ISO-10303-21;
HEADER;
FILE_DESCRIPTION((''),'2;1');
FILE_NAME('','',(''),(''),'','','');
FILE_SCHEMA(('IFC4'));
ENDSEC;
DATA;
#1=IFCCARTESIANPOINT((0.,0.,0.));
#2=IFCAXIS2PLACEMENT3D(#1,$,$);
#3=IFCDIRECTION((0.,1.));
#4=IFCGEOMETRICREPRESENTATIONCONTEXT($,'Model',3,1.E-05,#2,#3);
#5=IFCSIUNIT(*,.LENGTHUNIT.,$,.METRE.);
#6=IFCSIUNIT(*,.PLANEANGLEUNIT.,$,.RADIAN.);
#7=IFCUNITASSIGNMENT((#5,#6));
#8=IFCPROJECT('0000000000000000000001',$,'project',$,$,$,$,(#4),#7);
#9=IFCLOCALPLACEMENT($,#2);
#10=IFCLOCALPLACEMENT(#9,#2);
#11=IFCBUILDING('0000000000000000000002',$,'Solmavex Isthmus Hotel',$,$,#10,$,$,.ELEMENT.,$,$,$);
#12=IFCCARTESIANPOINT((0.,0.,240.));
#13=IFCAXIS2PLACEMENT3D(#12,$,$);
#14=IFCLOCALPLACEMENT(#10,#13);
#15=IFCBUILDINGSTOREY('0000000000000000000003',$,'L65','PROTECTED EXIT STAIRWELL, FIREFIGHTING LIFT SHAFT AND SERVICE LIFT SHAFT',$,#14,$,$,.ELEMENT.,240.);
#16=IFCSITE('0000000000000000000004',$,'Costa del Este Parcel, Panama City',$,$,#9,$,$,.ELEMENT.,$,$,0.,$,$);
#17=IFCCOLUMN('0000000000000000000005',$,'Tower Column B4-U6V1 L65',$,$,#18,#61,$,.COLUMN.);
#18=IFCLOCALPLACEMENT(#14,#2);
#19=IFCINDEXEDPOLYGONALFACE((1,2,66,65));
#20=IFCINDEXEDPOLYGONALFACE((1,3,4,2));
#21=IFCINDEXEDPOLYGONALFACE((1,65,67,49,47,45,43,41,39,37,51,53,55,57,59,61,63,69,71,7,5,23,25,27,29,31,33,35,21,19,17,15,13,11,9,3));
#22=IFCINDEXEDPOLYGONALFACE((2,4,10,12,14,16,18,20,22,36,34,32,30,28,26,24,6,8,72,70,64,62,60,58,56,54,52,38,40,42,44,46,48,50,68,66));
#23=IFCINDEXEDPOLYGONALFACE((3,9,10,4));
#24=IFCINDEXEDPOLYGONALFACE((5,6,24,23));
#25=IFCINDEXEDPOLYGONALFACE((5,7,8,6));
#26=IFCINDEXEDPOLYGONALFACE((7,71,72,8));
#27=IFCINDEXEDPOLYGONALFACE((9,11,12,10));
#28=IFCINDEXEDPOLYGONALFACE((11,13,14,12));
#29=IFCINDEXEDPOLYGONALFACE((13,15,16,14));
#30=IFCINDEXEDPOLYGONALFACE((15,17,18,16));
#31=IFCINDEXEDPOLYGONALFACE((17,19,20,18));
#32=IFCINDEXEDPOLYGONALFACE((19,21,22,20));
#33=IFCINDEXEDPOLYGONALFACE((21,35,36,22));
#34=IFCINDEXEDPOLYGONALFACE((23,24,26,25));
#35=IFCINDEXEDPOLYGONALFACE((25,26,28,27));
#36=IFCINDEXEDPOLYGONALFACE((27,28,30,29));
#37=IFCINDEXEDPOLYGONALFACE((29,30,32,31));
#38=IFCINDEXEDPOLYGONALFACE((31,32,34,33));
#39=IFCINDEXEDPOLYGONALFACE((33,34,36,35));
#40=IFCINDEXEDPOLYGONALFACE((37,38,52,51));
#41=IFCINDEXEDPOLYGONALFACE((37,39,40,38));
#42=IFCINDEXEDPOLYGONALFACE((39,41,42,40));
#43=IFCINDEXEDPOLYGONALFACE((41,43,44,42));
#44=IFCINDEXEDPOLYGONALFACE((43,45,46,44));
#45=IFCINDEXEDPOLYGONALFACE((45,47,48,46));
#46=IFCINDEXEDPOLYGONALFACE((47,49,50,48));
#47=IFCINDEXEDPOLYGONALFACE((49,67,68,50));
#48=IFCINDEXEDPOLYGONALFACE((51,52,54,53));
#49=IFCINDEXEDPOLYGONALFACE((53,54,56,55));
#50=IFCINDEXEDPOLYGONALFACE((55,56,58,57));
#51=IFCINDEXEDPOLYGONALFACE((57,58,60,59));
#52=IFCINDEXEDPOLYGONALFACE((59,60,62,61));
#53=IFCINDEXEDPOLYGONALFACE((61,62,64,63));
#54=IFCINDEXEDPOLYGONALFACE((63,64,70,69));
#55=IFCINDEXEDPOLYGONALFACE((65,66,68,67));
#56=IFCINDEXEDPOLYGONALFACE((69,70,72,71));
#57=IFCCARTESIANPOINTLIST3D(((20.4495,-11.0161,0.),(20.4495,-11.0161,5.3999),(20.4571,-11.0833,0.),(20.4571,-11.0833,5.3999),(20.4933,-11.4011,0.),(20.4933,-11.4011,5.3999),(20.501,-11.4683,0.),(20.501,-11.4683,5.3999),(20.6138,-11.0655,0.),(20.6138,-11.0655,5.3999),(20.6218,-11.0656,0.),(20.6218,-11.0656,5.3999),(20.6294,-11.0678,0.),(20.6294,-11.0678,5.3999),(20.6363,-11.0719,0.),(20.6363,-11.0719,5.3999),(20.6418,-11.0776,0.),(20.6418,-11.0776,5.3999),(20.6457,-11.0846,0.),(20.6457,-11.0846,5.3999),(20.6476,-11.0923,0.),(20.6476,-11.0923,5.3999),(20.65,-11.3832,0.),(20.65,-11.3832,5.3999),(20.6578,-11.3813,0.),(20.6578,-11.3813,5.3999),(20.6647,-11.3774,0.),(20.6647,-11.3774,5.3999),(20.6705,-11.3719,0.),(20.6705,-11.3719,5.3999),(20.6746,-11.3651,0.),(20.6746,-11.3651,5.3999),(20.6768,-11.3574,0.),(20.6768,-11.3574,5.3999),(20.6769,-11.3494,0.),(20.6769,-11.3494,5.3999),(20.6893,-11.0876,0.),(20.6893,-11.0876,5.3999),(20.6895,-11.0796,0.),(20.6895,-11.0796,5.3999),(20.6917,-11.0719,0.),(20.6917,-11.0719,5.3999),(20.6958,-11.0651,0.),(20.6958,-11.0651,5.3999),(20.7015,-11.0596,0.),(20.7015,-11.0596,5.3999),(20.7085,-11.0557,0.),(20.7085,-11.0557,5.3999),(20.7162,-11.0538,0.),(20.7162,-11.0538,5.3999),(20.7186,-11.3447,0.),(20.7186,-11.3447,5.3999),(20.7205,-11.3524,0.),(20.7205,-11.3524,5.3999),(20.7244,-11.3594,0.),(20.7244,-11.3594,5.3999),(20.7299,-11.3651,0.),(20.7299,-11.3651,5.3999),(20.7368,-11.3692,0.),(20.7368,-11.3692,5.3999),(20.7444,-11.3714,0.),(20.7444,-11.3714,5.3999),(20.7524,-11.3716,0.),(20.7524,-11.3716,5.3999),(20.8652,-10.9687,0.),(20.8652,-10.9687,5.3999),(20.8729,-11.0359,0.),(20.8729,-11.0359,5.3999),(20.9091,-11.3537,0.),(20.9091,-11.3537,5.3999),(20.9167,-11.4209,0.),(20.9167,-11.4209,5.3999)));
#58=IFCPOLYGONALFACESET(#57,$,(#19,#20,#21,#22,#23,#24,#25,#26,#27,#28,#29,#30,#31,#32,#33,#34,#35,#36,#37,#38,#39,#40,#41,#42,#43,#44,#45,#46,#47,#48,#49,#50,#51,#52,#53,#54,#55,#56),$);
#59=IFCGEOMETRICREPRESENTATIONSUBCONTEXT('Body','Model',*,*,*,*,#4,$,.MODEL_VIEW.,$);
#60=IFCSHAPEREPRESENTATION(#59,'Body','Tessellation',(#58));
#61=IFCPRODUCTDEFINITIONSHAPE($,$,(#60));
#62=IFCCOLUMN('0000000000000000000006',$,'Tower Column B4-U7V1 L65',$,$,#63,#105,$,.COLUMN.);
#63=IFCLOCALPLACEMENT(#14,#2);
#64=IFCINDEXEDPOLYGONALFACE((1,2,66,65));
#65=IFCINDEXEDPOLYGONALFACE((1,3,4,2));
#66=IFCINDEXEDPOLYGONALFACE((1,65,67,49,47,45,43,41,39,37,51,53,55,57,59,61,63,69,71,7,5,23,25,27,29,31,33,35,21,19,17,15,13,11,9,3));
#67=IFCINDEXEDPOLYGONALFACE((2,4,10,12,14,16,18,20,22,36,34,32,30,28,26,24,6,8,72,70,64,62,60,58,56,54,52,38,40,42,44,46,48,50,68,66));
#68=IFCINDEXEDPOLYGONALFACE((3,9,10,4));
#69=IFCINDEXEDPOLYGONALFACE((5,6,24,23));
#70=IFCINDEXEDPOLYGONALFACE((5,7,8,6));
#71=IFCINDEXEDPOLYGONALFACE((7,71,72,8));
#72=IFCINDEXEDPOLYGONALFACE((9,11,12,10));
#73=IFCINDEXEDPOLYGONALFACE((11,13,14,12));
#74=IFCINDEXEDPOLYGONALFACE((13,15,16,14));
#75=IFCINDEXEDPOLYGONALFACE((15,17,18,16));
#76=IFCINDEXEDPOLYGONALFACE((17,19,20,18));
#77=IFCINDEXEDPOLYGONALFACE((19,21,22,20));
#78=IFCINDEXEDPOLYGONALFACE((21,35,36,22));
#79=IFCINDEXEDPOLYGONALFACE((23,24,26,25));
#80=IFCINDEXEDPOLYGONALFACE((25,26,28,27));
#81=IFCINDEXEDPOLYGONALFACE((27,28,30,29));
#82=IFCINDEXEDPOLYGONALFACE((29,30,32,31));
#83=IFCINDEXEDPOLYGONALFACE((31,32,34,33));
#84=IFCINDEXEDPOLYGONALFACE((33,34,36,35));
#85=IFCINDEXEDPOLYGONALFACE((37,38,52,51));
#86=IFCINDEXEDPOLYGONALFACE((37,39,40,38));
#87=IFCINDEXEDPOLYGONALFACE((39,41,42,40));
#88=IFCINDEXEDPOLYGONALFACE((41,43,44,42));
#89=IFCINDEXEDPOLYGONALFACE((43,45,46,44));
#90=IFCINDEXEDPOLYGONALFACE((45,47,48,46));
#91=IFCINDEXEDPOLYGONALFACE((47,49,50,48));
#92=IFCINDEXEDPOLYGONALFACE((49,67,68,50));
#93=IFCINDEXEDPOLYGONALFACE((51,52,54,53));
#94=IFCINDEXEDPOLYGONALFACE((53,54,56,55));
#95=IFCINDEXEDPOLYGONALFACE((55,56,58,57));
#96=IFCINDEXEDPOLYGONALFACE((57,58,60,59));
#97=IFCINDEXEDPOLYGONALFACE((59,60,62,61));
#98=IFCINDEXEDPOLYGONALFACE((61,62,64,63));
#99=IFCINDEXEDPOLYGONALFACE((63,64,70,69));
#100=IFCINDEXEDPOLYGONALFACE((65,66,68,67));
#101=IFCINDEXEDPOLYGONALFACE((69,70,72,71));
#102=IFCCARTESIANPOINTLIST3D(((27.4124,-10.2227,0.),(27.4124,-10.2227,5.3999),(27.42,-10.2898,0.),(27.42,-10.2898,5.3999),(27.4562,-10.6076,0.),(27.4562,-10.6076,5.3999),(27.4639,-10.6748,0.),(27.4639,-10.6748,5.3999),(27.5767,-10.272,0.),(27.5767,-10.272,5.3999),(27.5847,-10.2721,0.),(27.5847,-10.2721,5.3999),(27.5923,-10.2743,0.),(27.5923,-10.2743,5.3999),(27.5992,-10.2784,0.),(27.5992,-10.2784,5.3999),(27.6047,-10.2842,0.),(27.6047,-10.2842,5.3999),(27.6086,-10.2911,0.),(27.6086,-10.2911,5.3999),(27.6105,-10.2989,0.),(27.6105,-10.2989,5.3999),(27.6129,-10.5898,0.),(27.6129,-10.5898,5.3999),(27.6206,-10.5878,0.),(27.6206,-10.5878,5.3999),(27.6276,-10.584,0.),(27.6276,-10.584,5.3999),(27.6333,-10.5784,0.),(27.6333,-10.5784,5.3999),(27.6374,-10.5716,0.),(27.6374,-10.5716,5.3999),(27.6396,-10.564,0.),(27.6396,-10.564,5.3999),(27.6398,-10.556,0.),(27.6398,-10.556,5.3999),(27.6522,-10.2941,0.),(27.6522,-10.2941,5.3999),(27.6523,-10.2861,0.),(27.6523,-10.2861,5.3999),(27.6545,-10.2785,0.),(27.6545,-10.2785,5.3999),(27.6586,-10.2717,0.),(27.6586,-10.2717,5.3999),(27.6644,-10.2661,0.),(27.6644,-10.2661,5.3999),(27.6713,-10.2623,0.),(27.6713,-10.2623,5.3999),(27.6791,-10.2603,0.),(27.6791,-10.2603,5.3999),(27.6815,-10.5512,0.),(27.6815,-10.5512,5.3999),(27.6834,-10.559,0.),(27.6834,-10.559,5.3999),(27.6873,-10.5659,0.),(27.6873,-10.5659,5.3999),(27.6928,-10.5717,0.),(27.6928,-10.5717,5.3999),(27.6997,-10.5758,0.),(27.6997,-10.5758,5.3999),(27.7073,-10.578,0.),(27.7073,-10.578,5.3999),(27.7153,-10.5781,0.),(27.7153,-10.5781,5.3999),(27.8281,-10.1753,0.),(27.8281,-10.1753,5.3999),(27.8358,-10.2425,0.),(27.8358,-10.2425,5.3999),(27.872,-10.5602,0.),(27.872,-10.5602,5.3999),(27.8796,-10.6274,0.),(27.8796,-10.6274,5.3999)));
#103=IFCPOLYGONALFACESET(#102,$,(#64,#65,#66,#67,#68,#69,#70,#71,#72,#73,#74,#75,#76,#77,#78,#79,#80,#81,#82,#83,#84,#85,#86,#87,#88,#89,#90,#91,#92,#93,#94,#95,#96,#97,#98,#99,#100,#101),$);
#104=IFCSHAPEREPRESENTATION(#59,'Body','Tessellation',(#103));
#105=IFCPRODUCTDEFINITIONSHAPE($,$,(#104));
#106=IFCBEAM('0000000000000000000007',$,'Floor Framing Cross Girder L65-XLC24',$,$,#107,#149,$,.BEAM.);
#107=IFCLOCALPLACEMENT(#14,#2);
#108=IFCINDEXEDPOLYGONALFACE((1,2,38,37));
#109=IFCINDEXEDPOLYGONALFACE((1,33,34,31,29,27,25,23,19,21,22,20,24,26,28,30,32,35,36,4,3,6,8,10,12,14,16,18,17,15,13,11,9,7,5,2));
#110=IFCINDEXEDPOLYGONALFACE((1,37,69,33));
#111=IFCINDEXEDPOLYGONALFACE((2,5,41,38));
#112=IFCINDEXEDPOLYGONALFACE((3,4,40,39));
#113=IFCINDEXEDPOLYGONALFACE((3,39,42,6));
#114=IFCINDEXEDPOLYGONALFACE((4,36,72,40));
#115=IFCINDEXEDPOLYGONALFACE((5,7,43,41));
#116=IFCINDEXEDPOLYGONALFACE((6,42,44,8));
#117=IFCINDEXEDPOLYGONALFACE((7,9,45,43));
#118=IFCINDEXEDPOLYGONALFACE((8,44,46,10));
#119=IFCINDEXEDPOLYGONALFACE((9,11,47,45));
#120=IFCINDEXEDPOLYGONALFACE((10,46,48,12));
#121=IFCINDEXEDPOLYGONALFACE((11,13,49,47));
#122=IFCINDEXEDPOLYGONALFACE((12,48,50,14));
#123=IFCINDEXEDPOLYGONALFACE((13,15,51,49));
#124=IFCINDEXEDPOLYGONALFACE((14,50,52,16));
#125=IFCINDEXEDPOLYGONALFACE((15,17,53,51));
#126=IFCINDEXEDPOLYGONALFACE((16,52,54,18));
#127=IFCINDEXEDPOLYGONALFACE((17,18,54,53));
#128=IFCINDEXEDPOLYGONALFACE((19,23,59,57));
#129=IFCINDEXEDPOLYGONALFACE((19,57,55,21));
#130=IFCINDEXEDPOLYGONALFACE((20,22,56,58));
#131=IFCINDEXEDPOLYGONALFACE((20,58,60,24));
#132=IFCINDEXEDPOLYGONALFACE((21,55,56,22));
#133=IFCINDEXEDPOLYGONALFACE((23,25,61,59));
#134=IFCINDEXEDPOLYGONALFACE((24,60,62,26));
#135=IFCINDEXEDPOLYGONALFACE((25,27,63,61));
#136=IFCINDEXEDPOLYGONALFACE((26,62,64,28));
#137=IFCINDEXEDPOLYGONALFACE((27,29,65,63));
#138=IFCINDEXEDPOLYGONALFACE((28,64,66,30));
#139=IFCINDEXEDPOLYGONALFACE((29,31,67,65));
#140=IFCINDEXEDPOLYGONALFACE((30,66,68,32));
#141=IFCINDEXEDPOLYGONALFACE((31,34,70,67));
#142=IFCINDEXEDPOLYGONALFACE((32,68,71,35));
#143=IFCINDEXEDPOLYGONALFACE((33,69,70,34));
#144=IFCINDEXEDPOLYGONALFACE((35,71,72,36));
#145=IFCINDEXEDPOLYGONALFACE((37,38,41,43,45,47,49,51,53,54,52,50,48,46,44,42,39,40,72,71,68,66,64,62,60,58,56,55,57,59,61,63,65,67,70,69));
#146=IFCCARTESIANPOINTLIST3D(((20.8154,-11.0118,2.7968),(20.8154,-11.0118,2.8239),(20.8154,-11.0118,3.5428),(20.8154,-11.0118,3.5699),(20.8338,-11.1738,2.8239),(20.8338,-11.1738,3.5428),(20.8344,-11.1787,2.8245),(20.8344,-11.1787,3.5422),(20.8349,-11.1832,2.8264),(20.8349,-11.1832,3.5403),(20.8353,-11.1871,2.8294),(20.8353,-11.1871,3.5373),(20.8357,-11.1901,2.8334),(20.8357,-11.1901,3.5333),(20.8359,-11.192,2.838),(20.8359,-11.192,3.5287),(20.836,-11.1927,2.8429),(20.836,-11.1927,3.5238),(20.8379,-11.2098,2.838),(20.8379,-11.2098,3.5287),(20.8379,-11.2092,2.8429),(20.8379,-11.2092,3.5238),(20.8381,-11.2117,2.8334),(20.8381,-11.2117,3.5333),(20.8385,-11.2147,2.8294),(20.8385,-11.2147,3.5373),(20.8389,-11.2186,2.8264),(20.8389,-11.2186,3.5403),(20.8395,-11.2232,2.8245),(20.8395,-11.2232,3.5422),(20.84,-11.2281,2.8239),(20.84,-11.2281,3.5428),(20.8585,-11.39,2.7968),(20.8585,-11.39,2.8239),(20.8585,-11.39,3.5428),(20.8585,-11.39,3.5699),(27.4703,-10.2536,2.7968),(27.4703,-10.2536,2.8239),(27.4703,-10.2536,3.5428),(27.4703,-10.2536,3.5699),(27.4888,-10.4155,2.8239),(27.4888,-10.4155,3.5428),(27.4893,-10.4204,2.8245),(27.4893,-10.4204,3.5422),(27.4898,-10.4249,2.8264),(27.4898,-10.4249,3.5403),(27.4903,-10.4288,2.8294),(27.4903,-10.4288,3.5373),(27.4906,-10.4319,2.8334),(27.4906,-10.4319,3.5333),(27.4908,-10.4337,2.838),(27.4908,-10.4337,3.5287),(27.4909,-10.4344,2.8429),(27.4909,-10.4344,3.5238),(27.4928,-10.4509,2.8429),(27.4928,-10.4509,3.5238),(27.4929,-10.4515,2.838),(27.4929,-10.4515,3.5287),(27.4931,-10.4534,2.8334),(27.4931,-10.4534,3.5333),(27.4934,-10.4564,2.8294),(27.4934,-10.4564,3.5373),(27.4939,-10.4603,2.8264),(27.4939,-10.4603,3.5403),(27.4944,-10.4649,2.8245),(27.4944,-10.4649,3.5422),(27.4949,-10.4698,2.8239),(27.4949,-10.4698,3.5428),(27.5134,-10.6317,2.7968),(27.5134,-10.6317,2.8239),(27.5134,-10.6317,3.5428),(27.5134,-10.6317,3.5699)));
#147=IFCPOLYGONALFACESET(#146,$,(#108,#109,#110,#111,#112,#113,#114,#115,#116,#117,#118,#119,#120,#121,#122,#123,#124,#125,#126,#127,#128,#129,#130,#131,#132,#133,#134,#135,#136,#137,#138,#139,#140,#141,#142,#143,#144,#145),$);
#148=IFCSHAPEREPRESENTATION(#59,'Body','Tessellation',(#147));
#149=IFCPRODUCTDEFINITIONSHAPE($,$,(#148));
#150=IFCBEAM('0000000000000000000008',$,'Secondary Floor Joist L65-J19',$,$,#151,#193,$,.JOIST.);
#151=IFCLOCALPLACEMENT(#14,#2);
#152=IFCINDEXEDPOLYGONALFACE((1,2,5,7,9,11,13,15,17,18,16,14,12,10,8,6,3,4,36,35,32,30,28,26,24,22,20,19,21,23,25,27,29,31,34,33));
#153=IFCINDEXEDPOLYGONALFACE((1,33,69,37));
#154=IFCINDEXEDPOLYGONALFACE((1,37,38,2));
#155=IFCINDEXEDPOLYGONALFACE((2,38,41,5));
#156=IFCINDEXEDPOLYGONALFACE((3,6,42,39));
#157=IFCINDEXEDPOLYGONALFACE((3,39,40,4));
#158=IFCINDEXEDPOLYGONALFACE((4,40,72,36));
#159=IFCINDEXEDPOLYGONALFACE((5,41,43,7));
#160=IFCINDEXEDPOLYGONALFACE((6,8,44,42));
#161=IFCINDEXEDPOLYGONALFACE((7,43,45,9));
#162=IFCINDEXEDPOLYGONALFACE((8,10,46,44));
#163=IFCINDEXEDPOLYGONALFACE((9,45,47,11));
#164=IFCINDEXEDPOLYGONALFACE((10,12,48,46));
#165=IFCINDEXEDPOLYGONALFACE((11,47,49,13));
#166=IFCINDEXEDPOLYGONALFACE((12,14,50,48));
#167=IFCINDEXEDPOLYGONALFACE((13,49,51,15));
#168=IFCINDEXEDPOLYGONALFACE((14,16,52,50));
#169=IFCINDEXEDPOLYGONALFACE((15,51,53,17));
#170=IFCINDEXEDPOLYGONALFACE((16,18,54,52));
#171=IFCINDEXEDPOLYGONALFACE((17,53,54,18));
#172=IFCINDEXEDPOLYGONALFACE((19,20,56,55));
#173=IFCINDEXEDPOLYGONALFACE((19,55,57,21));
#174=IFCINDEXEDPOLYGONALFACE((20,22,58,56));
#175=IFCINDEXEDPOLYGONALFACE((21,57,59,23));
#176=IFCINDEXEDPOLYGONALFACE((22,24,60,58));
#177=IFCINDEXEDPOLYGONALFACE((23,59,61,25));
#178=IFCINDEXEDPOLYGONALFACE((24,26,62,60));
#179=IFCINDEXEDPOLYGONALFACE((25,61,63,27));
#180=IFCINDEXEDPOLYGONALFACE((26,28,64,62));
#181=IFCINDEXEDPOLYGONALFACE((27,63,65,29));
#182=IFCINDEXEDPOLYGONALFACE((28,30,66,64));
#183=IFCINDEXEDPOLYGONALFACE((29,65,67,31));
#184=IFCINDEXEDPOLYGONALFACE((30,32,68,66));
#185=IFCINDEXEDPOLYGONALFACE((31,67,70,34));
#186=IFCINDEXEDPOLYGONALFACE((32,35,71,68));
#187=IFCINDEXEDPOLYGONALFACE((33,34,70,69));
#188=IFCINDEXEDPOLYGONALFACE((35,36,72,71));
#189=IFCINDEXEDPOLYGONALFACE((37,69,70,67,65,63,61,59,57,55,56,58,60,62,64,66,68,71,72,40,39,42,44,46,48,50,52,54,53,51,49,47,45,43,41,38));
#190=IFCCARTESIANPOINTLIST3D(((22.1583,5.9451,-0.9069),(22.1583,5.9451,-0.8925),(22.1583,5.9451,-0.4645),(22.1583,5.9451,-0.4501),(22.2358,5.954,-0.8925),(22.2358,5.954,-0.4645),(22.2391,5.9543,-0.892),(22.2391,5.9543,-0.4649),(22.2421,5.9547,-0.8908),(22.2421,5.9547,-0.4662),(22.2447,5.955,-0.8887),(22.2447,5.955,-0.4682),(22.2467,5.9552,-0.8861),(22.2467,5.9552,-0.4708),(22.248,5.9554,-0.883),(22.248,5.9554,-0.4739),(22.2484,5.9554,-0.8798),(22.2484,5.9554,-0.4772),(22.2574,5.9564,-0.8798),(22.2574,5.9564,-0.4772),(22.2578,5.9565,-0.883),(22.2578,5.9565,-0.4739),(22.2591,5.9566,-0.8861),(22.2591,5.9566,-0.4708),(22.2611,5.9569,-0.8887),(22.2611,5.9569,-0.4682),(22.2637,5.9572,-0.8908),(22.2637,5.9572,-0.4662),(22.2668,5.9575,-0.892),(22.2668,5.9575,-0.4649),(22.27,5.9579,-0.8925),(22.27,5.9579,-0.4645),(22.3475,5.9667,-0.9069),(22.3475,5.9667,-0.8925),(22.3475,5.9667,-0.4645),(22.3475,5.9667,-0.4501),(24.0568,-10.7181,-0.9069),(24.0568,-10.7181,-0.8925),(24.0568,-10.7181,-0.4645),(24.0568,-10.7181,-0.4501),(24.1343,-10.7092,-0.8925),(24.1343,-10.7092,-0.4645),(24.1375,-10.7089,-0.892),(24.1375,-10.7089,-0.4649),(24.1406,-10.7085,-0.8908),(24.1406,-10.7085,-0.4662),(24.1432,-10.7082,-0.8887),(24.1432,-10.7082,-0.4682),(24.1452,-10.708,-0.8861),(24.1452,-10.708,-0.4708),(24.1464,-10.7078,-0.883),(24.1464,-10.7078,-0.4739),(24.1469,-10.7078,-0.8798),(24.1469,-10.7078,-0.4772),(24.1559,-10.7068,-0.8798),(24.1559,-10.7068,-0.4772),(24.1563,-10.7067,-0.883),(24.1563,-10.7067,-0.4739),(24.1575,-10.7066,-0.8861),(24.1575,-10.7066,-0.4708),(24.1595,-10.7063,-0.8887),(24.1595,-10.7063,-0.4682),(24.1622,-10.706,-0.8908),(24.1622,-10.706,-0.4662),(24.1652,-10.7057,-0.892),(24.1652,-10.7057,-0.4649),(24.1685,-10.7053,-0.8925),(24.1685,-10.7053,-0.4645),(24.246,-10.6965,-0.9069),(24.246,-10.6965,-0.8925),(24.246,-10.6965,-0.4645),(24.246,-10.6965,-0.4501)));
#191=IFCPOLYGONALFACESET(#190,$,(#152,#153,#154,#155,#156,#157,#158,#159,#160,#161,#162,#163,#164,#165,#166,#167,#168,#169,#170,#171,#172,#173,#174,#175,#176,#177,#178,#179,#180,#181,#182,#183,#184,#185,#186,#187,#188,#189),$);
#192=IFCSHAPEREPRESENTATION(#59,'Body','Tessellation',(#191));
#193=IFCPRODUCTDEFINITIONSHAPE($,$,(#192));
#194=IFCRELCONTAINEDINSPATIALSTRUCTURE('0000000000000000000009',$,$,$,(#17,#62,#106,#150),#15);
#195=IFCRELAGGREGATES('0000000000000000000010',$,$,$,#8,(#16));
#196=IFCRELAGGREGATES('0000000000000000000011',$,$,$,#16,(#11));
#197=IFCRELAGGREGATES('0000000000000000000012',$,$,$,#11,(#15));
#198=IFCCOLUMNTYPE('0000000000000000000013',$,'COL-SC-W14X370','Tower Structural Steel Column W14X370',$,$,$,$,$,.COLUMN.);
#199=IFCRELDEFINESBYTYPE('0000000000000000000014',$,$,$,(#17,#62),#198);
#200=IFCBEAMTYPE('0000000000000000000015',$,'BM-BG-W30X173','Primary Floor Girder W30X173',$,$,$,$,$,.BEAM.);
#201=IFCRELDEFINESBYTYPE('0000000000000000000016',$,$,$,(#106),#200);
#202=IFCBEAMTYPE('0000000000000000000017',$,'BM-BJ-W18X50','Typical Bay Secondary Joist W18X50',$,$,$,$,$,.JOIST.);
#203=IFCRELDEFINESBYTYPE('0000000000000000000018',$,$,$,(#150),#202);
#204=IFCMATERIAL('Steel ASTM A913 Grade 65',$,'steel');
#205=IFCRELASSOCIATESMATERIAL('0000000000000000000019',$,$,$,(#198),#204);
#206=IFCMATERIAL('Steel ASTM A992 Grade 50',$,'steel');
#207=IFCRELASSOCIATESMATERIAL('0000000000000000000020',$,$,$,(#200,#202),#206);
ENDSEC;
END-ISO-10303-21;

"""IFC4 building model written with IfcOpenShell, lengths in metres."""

from ifc_helpers import new_model, si_unit, direction, frame, origin, origin_2d, place, context, subcontext, project, spatial, i_section, extrude, material, material_profile, profile_set, type_object, element, save


model = new_model("IFC4")

# Units and contexts
model_context = context("Model", 3, precision=1e-05, world=origin(), true_north=direction((0.0, 1.0)))
body_context = subcontext(model_context, "Body", "Model", "MODEL_VIEW")
ifc_project = project(units=[si_unit("LENGTHUNIT", "METRE"), si_unit("PLANEANGLEUNIT", "RADIAN")], contexts=[model_context])

# Site, building, storey
site_placement = place(None, origin())
site = spatial("IfcSite", under=ifc_project, at=site_placement, Name="Costa del Este Parcel, Panama City", CompositionType="ELEMENT", RefElevation=0.0)
building_placement = place(site_placement, origin())
building = spatial("IfcBuilding", under=site, at=building_placement, Name="Solmavex Isthmus Hotel", CompositionType="ELEMENT")
storey_placement = place(building_placement, frame((0.0, 0.0, 240.0)))
storey = spatial("IfcBuildingStorey", under=building, at=storey_placement, Name="L65", Description="PROTECTED EXIT STAIRWELL, FIREFIGHTING LIFT SHAFT AND SERVICE LIFT SHAFT", CompositionType="ELEMENT", Elevation=240.0)

# Columns
ifc_material_1 = material(Name="Steel ASTM A913 Grade 65", Category="steel")
ifc_material_profile_1 = material_profile(ifc_material_1, i_section(OverallWidth=0.4185, OverallDepth=0.4551, WebThickness=0.042, FlangeThickness=0.0676, FilletRadius=0.0305, at=origin_2d()), Name="W14X370")
ifc_profile_set_1 = profile_set([ifc_material_profile_1], Name="Steel ASTM A913 Grade 65")
column_type = type_object("IfcColumnType", Name="COL-SC-W14X370", Description="Tower Structural Steel Column W14X370", PredefinedType="COLUMN", material=ifc_profile_set_1)
for number, where, z_axis, x_axis, name in (
    (1, (20.6831, -11.2185, 0.0), (0.0, 0.0, 1.0), (0.993572, 0.113203, 0.0), "Tower Column B4-U6V1 L65"),
    (2, (27.646, -10.425, 0.0), (0.0, 0.0, 1.0), (0.993572, 0.113203, 0.0), "Tower Column B4-U7V1 L65"),
):
    element("IfcColumn", number, at=place(storey_placement, frame(where, z_axis=z_axis, x_axis=x_axis)), inside=storey, type_object=column_type, Name=name, PredefinedType="COLUMN", context=body_context, shape_type="SweptSolid", body=[
        extrude(i_section(OverallWidth=0.4185, OverallDepth=0.4551, WebThickness=0.042, FlangeThickness=0.0676, FilletRadius=0.0305, at=origin_2d()), origin(), (0.0, 0.0, 1.0), 5.3999),
    ])

# Beams
ifc_material_2 = material(Name="Steel ASTM A992 Grade 50", Category="steel")
ifc_material_profile_2 = material_profile(ifc_material_2, i_section(OverallWidth=0.3806, OverallDepth=0.7732, WebThickness=0.0166, FlangeThickness=0.0271, FilletRadius=0.019, at=origin_2d()), Name="W30X173")
ifc_profile_set_2 = profile_set([ifc_material_profile_2], Name="Steel ASTM A992 Grade 50")
beam_type_1 = type_object("IfcBeamType", Name="BM-BG-W30X173", Description="Primary Floor Girder W30X173", PredefinedType="BEAM", material=ifc_profile_set_2)
beam_1_placement = place(storey_placement, frame((20.8369, -11.2009, 3.1833), z_axis=(0.993571, 0.113211, 0.0), x_axis=(-0.113211, 0.993571, 0.0)))
element("IfcBeam", 3, at=beam_1_placement, inside=storey, type_object=beam_type_1, Name="Floor Framing Cross Girder L65-XLC24", PredefinedType="BEAM", context=body_context, shape_type="SweptSolid", body=[
    extrude(i_section(OverallWidth=0.3806, OverallDepth=0.7732, WebThickness=0.0166, FlangeThickness=0.0271, FilletRadius=0.019, at=origin_2d()), origin(), (0.0, 0.0, 1.0), 6.698),
])
ifc_material_profile_3 = material_profile(ifc_material_2, i_section(OverallWidth=0.1904, OverallDepth=0.4568, WebThickness=0.009, FlangeThickness=0.0144, FilletRadius=0.0127, at=origin_2d()), Name="W18X50")
ifc_profile_set_3 = profile_set([ifc_material_profile_3], Name="Steel ASTM A992 Grade 50")
beam_type_2 = type_object("IfcBeamType", Name="BM-BJ-W18X50", Description="Typical Bay Secondary Joist W18X50", PredefinedType="JOIST", material=ifc_profile_set_3)
beam_2_placement = place(storey_placement, frame((24.1514, -10.7073, -0.6785), z_axis=(-0.113198, 0.993572, 0.0), x_axis=(-0.993572, -0.113198, 0.0)))
element("IfcBeam", 4, at=beam_2_placement, inside=storey, type_object=beam_type_2, Name="Secondary Floor Joist L65-J19", PredefinedType="JOIST", context=body_context, shape_type="SweptSolid", body=[
    extrude(i_section(OverallWidth=0.1904, OverallDepth=0.4568, WebThickness=0.009, FlangeThickness=0.0144, FilletRadius=0.0127, at=origin_2d()), origin(), (0.0, 0.0, 1.0), 16.771),
])

save(model, "model.ifc")
